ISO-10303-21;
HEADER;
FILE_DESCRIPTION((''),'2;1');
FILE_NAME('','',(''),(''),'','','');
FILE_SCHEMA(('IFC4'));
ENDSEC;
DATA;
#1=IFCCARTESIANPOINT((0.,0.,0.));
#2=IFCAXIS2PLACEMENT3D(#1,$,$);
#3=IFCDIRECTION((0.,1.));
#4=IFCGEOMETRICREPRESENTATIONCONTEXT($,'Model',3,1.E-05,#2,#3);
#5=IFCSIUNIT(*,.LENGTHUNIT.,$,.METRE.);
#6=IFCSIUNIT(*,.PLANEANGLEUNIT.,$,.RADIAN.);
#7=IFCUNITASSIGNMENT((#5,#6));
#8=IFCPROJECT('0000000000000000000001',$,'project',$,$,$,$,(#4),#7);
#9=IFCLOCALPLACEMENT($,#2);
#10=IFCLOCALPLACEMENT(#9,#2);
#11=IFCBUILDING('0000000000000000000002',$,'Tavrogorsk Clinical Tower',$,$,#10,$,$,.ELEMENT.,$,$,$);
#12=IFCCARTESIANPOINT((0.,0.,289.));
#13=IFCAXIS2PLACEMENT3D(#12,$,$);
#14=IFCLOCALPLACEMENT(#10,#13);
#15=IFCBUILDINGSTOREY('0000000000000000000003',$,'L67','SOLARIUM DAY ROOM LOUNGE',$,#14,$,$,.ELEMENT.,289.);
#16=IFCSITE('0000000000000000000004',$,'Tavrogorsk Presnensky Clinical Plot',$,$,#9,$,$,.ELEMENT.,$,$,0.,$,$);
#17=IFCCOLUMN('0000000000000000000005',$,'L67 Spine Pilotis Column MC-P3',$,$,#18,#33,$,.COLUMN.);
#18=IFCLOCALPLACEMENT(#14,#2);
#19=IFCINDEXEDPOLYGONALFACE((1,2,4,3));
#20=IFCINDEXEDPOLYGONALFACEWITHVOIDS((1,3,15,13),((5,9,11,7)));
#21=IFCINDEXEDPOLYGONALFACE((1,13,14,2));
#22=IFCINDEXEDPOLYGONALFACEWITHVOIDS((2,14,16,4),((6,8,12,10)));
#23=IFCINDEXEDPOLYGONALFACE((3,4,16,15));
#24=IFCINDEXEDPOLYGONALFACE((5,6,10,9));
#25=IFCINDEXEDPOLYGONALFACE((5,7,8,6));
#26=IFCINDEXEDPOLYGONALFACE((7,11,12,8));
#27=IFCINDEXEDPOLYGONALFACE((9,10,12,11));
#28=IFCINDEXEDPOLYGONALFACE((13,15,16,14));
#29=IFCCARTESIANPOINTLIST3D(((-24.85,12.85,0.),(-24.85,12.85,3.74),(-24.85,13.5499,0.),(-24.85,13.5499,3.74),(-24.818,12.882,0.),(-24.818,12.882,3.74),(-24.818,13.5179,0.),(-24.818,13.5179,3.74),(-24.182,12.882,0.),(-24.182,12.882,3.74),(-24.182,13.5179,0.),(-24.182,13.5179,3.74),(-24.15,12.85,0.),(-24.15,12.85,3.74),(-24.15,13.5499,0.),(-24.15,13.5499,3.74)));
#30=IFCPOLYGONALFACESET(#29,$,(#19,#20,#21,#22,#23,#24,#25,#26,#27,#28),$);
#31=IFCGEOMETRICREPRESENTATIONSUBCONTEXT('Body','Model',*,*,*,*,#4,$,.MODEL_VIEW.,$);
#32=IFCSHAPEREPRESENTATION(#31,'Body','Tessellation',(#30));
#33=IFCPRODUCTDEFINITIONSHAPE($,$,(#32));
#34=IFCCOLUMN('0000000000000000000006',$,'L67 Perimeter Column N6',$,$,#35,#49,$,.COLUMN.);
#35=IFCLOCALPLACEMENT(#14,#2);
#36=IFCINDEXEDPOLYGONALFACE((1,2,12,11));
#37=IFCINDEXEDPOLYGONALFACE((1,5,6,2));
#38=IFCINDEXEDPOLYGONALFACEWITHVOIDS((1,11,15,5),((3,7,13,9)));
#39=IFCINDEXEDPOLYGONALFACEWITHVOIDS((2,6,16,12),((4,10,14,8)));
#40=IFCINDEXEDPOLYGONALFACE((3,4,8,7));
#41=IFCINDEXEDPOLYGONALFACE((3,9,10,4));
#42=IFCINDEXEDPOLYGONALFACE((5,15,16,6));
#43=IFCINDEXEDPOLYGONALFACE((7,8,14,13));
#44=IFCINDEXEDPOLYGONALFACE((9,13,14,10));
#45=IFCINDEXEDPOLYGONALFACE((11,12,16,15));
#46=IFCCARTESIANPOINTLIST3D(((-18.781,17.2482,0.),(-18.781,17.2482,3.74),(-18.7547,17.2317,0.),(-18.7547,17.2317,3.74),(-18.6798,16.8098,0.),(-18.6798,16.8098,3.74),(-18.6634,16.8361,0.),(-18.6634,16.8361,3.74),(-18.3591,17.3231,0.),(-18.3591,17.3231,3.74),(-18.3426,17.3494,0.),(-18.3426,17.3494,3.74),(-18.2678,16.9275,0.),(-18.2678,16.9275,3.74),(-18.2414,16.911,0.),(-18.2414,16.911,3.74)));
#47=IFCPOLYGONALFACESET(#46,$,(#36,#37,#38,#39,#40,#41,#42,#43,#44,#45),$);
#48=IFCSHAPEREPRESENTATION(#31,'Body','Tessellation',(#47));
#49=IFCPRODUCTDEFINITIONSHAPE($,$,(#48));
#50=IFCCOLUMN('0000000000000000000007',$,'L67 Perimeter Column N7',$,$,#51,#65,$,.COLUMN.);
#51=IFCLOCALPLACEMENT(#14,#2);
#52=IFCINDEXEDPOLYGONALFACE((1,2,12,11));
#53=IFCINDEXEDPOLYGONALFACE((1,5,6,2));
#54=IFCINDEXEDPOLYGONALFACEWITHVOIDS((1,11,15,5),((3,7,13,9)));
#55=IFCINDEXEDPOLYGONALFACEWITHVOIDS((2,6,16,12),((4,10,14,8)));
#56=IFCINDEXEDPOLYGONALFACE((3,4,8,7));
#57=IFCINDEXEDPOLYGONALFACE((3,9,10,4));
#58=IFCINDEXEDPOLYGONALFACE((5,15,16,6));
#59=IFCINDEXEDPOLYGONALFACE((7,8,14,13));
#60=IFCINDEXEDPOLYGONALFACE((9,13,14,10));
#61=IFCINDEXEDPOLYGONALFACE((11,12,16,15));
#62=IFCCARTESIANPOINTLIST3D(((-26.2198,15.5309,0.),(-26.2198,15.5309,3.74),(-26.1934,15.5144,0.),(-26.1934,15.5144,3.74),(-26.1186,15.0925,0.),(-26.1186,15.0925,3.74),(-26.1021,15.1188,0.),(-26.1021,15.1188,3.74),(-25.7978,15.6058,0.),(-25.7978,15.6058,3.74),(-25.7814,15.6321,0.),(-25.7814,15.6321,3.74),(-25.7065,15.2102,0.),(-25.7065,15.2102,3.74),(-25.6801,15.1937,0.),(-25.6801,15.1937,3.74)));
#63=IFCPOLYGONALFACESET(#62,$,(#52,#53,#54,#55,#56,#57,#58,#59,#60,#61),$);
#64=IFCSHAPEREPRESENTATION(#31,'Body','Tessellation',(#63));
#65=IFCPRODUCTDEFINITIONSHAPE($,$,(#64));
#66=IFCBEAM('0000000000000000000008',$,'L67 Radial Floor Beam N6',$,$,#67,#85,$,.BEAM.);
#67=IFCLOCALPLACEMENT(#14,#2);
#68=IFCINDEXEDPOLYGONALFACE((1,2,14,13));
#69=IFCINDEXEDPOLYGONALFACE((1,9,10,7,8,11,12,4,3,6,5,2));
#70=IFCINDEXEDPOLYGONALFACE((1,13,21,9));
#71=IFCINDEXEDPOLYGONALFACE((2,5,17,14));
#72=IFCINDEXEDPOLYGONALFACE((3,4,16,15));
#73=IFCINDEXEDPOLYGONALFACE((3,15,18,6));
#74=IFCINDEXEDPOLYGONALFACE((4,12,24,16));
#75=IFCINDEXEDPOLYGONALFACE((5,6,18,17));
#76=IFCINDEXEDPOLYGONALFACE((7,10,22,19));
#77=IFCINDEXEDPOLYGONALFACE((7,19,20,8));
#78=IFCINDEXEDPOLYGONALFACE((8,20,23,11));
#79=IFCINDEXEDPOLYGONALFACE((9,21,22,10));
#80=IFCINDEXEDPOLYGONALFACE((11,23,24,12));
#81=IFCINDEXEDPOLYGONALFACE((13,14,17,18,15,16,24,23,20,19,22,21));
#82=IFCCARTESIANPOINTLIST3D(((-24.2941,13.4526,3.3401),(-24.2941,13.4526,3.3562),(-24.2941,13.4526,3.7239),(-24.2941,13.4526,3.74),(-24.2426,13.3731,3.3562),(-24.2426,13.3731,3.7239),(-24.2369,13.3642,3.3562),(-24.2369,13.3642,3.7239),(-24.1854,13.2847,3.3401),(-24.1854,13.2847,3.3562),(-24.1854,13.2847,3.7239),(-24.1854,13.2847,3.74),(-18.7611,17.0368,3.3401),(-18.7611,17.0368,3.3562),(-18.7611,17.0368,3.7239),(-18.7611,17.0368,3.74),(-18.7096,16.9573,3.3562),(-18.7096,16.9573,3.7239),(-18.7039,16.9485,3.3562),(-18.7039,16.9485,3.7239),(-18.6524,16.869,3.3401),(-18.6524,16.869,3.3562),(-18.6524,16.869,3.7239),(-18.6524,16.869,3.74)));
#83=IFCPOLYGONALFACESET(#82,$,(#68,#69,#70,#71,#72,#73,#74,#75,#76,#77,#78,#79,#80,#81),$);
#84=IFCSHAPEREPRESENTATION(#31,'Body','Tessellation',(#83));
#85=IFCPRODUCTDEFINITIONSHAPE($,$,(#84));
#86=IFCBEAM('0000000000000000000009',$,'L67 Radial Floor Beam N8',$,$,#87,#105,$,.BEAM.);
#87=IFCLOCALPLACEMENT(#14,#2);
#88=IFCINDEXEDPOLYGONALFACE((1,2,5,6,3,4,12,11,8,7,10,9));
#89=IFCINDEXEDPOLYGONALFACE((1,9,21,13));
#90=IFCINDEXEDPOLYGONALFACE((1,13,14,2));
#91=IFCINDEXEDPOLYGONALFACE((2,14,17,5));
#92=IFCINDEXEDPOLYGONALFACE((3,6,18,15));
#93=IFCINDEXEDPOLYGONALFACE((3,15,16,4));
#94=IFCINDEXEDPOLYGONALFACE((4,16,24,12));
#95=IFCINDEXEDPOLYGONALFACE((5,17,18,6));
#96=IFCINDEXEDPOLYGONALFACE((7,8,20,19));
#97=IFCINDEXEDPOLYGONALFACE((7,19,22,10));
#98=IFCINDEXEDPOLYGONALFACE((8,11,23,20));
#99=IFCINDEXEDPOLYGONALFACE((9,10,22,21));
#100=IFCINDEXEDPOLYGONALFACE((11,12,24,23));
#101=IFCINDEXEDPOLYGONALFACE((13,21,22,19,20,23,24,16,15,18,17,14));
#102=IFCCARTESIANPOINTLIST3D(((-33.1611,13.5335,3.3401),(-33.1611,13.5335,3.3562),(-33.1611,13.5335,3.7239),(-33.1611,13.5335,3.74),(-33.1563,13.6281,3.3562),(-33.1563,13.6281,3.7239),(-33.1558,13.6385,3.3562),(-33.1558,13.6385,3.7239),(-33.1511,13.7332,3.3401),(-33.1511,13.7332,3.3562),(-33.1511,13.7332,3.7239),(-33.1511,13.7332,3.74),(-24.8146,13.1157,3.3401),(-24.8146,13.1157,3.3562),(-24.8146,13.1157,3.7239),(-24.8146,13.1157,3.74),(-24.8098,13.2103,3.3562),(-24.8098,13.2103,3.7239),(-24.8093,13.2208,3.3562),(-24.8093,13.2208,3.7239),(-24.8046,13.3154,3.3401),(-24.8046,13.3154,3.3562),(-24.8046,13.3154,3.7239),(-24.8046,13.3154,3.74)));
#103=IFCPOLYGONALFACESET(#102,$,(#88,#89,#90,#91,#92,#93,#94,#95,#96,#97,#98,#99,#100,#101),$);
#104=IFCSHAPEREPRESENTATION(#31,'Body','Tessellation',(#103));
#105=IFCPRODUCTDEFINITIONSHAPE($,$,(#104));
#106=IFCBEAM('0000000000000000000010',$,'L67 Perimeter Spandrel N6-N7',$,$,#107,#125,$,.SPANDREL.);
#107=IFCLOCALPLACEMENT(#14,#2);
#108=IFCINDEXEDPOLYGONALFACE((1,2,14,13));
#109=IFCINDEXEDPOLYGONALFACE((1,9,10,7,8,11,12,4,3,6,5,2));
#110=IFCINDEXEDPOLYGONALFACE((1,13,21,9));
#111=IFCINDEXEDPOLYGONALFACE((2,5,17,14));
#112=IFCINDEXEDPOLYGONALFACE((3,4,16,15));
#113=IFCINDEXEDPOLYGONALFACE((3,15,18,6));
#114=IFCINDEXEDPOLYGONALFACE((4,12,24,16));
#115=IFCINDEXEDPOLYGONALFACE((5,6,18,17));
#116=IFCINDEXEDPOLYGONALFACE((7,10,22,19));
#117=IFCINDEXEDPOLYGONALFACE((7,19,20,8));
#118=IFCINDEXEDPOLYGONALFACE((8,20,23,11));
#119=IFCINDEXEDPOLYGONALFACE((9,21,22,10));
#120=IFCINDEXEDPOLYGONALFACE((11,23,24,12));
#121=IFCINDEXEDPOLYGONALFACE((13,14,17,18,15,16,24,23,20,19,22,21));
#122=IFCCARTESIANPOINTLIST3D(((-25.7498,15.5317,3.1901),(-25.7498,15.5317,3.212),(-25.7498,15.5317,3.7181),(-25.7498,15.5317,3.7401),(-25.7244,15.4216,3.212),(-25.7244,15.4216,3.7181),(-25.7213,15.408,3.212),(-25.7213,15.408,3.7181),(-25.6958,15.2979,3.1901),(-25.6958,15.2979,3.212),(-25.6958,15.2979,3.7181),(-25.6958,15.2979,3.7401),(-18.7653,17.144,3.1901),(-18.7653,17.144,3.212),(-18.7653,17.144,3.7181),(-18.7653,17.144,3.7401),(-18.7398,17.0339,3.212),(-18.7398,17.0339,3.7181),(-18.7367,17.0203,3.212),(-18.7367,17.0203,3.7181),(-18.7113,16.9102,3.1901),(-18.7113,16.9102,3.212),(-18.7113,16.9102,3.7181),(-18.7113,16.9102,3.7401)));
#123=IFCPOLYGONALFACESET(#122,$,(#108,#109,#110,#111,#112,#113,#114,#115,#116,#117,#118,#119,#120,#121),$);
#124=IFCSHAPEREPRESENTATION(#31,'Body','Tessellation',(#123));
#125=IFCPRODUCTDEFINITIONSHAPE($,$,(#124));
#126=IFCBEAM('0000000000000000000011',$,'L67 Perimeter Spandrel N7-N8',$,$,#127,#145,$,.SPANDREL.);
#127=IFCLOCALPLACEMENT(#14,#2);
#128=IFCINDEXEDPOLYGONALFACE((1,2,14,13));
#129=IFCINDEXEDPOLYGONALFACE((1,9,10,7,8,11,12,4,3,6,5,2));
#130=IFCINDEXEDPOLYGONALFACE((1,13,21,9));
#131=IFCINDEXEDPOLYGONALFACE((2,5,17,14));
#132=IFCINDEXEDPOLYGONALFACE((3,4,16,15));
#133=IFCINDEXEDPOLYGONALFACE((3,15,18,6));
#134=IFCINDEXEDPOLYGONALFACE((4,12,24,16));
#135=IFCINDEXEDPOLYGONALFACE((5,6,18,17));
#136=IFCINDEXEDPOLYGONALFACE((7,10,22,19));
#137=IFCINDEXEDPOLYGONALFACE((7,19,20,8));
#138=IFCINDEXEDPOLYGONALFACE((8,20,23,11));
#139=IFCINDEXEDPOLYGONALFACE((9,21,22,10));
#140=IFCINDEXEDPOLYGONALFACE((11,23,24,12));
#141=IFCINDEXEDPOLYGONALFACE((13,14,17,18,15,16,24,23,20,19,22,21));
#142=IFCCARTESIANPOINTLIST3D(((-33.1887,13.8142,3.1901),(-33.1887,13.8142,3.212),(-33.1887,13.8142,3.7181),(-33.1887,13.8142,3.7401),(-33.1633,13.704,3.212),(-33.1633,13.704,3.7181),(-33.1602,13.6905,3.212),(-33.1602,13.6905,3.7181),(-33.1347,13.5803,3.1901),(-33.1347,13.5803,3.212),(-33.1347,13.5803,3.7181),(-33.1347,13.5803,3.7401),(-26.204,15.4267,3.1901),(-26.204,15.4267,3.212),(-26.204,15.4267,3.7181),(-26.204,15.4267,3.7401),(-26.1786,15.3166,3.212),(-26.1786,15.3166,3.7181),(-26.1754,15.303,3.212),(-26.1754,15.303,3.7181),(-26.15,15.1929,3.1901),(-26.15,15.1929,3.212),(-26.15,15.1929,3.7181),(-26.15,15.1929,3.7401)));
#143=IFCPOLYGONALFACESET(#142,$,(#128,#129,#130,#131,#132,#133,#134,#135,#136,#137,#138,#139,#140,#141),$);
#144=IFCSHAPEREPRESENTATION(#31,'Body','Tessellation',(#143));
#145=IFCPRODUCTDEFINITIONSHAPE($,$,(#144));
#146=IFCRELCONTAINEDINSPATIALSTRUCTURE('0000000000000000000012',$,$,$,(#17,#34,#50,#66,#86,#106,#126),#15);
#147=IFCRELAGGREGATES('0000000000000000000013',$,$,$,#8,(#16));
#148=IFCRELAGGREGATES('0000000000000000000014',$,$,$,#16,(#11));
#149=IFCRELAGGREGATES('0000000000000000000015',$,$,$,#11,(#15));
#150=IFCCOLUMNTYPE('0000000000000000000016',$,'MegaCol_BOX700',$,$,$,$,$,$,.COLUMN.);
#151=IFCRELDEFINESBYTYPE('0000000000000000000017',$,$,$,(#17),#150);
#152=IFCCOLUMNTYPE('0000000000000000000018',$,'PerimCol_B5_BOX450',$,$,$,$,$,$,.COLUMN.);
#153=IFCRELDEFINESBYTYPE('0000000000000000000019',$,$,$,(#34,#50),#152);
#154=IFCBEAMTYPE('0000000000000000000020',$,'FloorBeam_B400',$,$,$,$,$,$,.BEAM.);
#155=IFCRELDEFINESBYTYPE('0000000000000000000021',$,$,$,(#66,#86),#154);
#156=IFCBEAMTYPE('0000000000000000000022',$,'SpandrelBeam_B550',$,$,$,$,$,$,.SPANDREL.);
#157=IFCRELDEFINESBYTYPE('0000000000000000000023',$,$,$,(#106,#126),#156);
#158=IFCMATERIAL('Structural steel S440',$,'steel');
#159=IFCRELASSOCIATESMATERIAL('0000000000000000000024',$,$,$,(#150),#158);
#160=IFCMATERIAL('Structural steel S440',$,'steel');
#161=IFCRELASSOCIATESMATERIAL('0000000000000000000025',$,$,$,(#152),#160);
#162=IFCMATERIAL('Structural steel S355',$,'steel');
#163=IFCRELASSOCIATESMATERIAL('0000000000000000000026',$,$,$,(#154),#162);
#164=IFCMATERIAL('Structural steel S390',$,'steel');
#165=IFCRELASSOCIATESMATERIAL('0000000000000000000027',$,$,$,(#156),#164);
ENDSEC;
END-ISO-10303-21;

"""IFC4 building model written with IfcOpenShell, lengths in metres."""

from ifc_helpers import new_model, si_unit, direction, frame, origin, origin_2d, place, context, subcontext, project, spatial, hollow_rectangle, i_section, extrude, material, material_profile, profile_set, type_object, element, save


model = new_model("IFC4")

# Units and contexts
model_context = context("Model", 3, precision=1e-05, world=origin(), true_north=direction((0.0, 1.0)))
body_context = subcontext(model_context, "Body", "Model", "MODEL_VIEW")
ifc_project = project(units=[si_unit("LENGTHUNIT", "METRE"), si_unit("PLANEANGLEUNIT", "RADIAN")], contexts=[model_context])

# Site, building, storey
site_placement = place(None, origin())
site = spatial("IfcSite", under=ifc_project, at=site_placement, Name="Tavrogorsk Presnensky Clinical Plot", CompositionType="ELEMENT", RefElevation=0.0)
building_placement = place(site_placement, origin())
building = spatial("IfcBuilding", under=site, at=building_placement, Name="Tavrogorsk Clinical Tower", CompositionType="ELEMENT")
storey_placement = place(building_placement, frame((0.0, 0.0, 289.0)))
storey = spatial("IfcBuildingStorey", under=building, at=storey_placement, Name="L67", Description="SOLARIUM DAY ROOM LOUNGE", CompositionType="ELEMENT", Elevation=289.0)

# Columns
ifc_material_1 = material(Name="Structural steel S440", Category="steel")
ifc_material_profile_1 = material_profile(ifc_material_1, hollow_rectangle(XDim=0.7, YDim=0.7, WallThickness=0.032, at=origin_2d()), Name="BOX-700x700x32")
ifc_profile_set_1 = profile_set([ifc_material_profile_1], Name="Structural steel S440")
column_type_1 = type_object("IfcColumnType", Name="MegaCol_BOX700", PredefinedType="COLUMN", material=ifc_profile_set_1)
column_placement = place(storey_placement, frame((-24.5, 13.2, 0.0), z_axis=(0.0, 0.0, 1.0), x_axis=(1.0, 0.0, 0.0)))
element("IfcColumn", 1, at=column_placement, inside=storey, type_object=column_type_1, Name="L67 Spine Pilotis Column MC-P3", PredefinedType="COLUMN", context=body_context, shape_type="SweptSolid", body=[
    extrude(hollow_rectangle(XDim=0.7, YDim=0.7, WallThickness=0.032, at=origin_2d()), origin(), (0.0, 0.0, 1.0), 3.74),
])
ifc_material_2 = material(Name="Structural steel S440", Category="steel")
ifc_material_profile_2 = material_profile(ifc_material_2, hollow_rectangle(XDim=0.45, YDim=0.45, WallThickness=0.022, at=origin_2d()), Name="BOX-450x450x22")
ifc_profile_set_2 = profile_set([ifc_material_profile_2], Name="Structural steel S440")
column_type_2 = type_object("IfcColumnType", Name="PerimCol_B5_BOX450", PredefinedType="COLUMN", material=ifc_profile_set_2)
for number, where, z_axis, x_axis, name in (
    (2, (-18.5112, 17.0796, 0.0), (0.0, 0.0, 1.0), (0.97437, 0.224951, 0.0), "L67 Perimeter Column N6"),
    (3, (-25.95, 15.3623, 0.0), (0.0, 0.0, 1.0), (0.97437, 0.224951, 0.0), "L67 Perimeter Column N7"),
):
    element("IfcColumn", number, at=place(storey_placement, frame(where, z_axis=z_axis, x_axis=x_axis)), inside=storey, type_object=column_type_2, Name=name, PredefinedType="COLUMN", context=body_context, shape_type="SweptSolid", body=[
        extrude(hollow_rectangle(XDim=0.45, YDim=0.45, WallThickness=0.022, at=origin_2d()), origin(), (0.0, 0.0, 1.0), 3.74),
    ])

# Beams
ifc_material_3 = material(Name="Structural steel S355", Category="steel")
ifc_material_profile_3 = material_profile(ifc_material_3, i_section(OverallWidth=0.2, OverallDepth=0.3999, WebThickness=0.0105, FlangeThickness=0.0161, at=origin_2d()), Name="B-400x200x10.5x16")
ifc_profile_set_3 = profile_set([ifc_material_profile_3], Name="Structural steel S355")
beam_type_1 = type_object("IfcBeamType", Name="FloorBeam_B400", PredefinedType="BEAM", material=ifc_profile_set_3)
beam_1_placement = place(storey_placement, frame((-24.2397, 13.3687, 3.54), z_axis=(0.839288, 0.543687, 0.0), x_axis=(-0.543687, 0.839288, 0.0)))
element("IfcBeam", 4, at=beam_1_placement, inside=storey, type_object=beam_type_1, Name="L67 Radial Floor Beam N6", PredefinedType="BEAM", context=body_context, shape_type="SweptSolid", body=[
    extrude(i_section(OverallWidth=0.2, OverallDepth=0.3999, WebThickness=0.0105, FlangeThickness=0.0161, at=origin_2d()), origin(), (0.0, 0.0, 1.0), 6.5925),
])
beam_2_placement = place(storey_placement, frame((-24.8096, 13.2156, 3.54), z_axis=(-0.99875, 0.049986, 0.0), x_axis=(-0.049986, -0.99875, 0.0)))
element("IfcBeam", 5, at=beam_2_placement, inside=storey, type_object=beam_type_1, Name="L67 Radial Floor Beam N8", PredefinedType="BEAM", context=body_context, shape_type="SweptSolid", body=[
    extrude(i_section(OverallWidth=0.2, OverallDepth=0.3999, WebThickness=0.0105, FlangeThickness=0.0161, at=origin_2d()), origin(), (0.0, 0.0, 1.0), 8.3569),
])
ifc_material_4 = material(Name="Structural steel S390", Category="steel")
ifc_material_profile_4 = material_profile(ifc_material_4, i_section(OverallWidth=0.24, OverallDepth=0.55, WebThickness=0.0139, FlangeThickness=0.022, at=origin_2d()), Name="B-550x240x14x22")
ifc_profile_set_4 = profile_set([ifc_material_profile_4], Name="Structural steel S390")
beam_type_2 = type_object("IfcBeamType", Name="SpandrelBeam_B550", PredefinedType="SPANDREL", material=ifc_profile_set_4)
beam_3_placement = place(storey_placement, frame((-18.7383, 17.0271, 3.4651), z_axis=(-0.974377, -0.224922, 0.0), x_axis=(0.224922, -0.974377, 0.0)))
element("IfcBeam", 6, at=beam_3_placement, inside=storey, type_object=beam_type_2, Name="L67 Perimeter Spandrel N6-N7", PredefinedType="SPANDREL", context=body_context, shape_type="SweptSolid", body=[
    extrude(i_section(OverallWidth=0.24, OverallDepth=0.55, WebThickness=0.0139, FlangeThickness=0.022, at=origin_2d()), origin(), (0.0, 0.0, 1.0), 7.1682),
])
beam_4_placement = place(storey_placement, frame((-26.177, 15.3098, 3.4651), z_axis=(-0.974369, -0.224954, 0.0), x_axis=(0.224954, -0.974369, 0.0)))
element("IfcBeam", 7, at=beam_4_placement, inside=storey, type_object=beam_type_2, Name="L67 Perimeter Spandrel N7-N8", PredefinedType="SPANDREL", context=body_context, shape_type="SweptSolid", body=[
    extrude(i_section(OverallWidth=0.24, OverallDepth=0.55, WebThickness=0.0139, FlangeThickness=0.022, at=origin_2d()), origin(), (0.0, 0.0, 1.0), 7.1685),
])

save(model, "model.ifc")
